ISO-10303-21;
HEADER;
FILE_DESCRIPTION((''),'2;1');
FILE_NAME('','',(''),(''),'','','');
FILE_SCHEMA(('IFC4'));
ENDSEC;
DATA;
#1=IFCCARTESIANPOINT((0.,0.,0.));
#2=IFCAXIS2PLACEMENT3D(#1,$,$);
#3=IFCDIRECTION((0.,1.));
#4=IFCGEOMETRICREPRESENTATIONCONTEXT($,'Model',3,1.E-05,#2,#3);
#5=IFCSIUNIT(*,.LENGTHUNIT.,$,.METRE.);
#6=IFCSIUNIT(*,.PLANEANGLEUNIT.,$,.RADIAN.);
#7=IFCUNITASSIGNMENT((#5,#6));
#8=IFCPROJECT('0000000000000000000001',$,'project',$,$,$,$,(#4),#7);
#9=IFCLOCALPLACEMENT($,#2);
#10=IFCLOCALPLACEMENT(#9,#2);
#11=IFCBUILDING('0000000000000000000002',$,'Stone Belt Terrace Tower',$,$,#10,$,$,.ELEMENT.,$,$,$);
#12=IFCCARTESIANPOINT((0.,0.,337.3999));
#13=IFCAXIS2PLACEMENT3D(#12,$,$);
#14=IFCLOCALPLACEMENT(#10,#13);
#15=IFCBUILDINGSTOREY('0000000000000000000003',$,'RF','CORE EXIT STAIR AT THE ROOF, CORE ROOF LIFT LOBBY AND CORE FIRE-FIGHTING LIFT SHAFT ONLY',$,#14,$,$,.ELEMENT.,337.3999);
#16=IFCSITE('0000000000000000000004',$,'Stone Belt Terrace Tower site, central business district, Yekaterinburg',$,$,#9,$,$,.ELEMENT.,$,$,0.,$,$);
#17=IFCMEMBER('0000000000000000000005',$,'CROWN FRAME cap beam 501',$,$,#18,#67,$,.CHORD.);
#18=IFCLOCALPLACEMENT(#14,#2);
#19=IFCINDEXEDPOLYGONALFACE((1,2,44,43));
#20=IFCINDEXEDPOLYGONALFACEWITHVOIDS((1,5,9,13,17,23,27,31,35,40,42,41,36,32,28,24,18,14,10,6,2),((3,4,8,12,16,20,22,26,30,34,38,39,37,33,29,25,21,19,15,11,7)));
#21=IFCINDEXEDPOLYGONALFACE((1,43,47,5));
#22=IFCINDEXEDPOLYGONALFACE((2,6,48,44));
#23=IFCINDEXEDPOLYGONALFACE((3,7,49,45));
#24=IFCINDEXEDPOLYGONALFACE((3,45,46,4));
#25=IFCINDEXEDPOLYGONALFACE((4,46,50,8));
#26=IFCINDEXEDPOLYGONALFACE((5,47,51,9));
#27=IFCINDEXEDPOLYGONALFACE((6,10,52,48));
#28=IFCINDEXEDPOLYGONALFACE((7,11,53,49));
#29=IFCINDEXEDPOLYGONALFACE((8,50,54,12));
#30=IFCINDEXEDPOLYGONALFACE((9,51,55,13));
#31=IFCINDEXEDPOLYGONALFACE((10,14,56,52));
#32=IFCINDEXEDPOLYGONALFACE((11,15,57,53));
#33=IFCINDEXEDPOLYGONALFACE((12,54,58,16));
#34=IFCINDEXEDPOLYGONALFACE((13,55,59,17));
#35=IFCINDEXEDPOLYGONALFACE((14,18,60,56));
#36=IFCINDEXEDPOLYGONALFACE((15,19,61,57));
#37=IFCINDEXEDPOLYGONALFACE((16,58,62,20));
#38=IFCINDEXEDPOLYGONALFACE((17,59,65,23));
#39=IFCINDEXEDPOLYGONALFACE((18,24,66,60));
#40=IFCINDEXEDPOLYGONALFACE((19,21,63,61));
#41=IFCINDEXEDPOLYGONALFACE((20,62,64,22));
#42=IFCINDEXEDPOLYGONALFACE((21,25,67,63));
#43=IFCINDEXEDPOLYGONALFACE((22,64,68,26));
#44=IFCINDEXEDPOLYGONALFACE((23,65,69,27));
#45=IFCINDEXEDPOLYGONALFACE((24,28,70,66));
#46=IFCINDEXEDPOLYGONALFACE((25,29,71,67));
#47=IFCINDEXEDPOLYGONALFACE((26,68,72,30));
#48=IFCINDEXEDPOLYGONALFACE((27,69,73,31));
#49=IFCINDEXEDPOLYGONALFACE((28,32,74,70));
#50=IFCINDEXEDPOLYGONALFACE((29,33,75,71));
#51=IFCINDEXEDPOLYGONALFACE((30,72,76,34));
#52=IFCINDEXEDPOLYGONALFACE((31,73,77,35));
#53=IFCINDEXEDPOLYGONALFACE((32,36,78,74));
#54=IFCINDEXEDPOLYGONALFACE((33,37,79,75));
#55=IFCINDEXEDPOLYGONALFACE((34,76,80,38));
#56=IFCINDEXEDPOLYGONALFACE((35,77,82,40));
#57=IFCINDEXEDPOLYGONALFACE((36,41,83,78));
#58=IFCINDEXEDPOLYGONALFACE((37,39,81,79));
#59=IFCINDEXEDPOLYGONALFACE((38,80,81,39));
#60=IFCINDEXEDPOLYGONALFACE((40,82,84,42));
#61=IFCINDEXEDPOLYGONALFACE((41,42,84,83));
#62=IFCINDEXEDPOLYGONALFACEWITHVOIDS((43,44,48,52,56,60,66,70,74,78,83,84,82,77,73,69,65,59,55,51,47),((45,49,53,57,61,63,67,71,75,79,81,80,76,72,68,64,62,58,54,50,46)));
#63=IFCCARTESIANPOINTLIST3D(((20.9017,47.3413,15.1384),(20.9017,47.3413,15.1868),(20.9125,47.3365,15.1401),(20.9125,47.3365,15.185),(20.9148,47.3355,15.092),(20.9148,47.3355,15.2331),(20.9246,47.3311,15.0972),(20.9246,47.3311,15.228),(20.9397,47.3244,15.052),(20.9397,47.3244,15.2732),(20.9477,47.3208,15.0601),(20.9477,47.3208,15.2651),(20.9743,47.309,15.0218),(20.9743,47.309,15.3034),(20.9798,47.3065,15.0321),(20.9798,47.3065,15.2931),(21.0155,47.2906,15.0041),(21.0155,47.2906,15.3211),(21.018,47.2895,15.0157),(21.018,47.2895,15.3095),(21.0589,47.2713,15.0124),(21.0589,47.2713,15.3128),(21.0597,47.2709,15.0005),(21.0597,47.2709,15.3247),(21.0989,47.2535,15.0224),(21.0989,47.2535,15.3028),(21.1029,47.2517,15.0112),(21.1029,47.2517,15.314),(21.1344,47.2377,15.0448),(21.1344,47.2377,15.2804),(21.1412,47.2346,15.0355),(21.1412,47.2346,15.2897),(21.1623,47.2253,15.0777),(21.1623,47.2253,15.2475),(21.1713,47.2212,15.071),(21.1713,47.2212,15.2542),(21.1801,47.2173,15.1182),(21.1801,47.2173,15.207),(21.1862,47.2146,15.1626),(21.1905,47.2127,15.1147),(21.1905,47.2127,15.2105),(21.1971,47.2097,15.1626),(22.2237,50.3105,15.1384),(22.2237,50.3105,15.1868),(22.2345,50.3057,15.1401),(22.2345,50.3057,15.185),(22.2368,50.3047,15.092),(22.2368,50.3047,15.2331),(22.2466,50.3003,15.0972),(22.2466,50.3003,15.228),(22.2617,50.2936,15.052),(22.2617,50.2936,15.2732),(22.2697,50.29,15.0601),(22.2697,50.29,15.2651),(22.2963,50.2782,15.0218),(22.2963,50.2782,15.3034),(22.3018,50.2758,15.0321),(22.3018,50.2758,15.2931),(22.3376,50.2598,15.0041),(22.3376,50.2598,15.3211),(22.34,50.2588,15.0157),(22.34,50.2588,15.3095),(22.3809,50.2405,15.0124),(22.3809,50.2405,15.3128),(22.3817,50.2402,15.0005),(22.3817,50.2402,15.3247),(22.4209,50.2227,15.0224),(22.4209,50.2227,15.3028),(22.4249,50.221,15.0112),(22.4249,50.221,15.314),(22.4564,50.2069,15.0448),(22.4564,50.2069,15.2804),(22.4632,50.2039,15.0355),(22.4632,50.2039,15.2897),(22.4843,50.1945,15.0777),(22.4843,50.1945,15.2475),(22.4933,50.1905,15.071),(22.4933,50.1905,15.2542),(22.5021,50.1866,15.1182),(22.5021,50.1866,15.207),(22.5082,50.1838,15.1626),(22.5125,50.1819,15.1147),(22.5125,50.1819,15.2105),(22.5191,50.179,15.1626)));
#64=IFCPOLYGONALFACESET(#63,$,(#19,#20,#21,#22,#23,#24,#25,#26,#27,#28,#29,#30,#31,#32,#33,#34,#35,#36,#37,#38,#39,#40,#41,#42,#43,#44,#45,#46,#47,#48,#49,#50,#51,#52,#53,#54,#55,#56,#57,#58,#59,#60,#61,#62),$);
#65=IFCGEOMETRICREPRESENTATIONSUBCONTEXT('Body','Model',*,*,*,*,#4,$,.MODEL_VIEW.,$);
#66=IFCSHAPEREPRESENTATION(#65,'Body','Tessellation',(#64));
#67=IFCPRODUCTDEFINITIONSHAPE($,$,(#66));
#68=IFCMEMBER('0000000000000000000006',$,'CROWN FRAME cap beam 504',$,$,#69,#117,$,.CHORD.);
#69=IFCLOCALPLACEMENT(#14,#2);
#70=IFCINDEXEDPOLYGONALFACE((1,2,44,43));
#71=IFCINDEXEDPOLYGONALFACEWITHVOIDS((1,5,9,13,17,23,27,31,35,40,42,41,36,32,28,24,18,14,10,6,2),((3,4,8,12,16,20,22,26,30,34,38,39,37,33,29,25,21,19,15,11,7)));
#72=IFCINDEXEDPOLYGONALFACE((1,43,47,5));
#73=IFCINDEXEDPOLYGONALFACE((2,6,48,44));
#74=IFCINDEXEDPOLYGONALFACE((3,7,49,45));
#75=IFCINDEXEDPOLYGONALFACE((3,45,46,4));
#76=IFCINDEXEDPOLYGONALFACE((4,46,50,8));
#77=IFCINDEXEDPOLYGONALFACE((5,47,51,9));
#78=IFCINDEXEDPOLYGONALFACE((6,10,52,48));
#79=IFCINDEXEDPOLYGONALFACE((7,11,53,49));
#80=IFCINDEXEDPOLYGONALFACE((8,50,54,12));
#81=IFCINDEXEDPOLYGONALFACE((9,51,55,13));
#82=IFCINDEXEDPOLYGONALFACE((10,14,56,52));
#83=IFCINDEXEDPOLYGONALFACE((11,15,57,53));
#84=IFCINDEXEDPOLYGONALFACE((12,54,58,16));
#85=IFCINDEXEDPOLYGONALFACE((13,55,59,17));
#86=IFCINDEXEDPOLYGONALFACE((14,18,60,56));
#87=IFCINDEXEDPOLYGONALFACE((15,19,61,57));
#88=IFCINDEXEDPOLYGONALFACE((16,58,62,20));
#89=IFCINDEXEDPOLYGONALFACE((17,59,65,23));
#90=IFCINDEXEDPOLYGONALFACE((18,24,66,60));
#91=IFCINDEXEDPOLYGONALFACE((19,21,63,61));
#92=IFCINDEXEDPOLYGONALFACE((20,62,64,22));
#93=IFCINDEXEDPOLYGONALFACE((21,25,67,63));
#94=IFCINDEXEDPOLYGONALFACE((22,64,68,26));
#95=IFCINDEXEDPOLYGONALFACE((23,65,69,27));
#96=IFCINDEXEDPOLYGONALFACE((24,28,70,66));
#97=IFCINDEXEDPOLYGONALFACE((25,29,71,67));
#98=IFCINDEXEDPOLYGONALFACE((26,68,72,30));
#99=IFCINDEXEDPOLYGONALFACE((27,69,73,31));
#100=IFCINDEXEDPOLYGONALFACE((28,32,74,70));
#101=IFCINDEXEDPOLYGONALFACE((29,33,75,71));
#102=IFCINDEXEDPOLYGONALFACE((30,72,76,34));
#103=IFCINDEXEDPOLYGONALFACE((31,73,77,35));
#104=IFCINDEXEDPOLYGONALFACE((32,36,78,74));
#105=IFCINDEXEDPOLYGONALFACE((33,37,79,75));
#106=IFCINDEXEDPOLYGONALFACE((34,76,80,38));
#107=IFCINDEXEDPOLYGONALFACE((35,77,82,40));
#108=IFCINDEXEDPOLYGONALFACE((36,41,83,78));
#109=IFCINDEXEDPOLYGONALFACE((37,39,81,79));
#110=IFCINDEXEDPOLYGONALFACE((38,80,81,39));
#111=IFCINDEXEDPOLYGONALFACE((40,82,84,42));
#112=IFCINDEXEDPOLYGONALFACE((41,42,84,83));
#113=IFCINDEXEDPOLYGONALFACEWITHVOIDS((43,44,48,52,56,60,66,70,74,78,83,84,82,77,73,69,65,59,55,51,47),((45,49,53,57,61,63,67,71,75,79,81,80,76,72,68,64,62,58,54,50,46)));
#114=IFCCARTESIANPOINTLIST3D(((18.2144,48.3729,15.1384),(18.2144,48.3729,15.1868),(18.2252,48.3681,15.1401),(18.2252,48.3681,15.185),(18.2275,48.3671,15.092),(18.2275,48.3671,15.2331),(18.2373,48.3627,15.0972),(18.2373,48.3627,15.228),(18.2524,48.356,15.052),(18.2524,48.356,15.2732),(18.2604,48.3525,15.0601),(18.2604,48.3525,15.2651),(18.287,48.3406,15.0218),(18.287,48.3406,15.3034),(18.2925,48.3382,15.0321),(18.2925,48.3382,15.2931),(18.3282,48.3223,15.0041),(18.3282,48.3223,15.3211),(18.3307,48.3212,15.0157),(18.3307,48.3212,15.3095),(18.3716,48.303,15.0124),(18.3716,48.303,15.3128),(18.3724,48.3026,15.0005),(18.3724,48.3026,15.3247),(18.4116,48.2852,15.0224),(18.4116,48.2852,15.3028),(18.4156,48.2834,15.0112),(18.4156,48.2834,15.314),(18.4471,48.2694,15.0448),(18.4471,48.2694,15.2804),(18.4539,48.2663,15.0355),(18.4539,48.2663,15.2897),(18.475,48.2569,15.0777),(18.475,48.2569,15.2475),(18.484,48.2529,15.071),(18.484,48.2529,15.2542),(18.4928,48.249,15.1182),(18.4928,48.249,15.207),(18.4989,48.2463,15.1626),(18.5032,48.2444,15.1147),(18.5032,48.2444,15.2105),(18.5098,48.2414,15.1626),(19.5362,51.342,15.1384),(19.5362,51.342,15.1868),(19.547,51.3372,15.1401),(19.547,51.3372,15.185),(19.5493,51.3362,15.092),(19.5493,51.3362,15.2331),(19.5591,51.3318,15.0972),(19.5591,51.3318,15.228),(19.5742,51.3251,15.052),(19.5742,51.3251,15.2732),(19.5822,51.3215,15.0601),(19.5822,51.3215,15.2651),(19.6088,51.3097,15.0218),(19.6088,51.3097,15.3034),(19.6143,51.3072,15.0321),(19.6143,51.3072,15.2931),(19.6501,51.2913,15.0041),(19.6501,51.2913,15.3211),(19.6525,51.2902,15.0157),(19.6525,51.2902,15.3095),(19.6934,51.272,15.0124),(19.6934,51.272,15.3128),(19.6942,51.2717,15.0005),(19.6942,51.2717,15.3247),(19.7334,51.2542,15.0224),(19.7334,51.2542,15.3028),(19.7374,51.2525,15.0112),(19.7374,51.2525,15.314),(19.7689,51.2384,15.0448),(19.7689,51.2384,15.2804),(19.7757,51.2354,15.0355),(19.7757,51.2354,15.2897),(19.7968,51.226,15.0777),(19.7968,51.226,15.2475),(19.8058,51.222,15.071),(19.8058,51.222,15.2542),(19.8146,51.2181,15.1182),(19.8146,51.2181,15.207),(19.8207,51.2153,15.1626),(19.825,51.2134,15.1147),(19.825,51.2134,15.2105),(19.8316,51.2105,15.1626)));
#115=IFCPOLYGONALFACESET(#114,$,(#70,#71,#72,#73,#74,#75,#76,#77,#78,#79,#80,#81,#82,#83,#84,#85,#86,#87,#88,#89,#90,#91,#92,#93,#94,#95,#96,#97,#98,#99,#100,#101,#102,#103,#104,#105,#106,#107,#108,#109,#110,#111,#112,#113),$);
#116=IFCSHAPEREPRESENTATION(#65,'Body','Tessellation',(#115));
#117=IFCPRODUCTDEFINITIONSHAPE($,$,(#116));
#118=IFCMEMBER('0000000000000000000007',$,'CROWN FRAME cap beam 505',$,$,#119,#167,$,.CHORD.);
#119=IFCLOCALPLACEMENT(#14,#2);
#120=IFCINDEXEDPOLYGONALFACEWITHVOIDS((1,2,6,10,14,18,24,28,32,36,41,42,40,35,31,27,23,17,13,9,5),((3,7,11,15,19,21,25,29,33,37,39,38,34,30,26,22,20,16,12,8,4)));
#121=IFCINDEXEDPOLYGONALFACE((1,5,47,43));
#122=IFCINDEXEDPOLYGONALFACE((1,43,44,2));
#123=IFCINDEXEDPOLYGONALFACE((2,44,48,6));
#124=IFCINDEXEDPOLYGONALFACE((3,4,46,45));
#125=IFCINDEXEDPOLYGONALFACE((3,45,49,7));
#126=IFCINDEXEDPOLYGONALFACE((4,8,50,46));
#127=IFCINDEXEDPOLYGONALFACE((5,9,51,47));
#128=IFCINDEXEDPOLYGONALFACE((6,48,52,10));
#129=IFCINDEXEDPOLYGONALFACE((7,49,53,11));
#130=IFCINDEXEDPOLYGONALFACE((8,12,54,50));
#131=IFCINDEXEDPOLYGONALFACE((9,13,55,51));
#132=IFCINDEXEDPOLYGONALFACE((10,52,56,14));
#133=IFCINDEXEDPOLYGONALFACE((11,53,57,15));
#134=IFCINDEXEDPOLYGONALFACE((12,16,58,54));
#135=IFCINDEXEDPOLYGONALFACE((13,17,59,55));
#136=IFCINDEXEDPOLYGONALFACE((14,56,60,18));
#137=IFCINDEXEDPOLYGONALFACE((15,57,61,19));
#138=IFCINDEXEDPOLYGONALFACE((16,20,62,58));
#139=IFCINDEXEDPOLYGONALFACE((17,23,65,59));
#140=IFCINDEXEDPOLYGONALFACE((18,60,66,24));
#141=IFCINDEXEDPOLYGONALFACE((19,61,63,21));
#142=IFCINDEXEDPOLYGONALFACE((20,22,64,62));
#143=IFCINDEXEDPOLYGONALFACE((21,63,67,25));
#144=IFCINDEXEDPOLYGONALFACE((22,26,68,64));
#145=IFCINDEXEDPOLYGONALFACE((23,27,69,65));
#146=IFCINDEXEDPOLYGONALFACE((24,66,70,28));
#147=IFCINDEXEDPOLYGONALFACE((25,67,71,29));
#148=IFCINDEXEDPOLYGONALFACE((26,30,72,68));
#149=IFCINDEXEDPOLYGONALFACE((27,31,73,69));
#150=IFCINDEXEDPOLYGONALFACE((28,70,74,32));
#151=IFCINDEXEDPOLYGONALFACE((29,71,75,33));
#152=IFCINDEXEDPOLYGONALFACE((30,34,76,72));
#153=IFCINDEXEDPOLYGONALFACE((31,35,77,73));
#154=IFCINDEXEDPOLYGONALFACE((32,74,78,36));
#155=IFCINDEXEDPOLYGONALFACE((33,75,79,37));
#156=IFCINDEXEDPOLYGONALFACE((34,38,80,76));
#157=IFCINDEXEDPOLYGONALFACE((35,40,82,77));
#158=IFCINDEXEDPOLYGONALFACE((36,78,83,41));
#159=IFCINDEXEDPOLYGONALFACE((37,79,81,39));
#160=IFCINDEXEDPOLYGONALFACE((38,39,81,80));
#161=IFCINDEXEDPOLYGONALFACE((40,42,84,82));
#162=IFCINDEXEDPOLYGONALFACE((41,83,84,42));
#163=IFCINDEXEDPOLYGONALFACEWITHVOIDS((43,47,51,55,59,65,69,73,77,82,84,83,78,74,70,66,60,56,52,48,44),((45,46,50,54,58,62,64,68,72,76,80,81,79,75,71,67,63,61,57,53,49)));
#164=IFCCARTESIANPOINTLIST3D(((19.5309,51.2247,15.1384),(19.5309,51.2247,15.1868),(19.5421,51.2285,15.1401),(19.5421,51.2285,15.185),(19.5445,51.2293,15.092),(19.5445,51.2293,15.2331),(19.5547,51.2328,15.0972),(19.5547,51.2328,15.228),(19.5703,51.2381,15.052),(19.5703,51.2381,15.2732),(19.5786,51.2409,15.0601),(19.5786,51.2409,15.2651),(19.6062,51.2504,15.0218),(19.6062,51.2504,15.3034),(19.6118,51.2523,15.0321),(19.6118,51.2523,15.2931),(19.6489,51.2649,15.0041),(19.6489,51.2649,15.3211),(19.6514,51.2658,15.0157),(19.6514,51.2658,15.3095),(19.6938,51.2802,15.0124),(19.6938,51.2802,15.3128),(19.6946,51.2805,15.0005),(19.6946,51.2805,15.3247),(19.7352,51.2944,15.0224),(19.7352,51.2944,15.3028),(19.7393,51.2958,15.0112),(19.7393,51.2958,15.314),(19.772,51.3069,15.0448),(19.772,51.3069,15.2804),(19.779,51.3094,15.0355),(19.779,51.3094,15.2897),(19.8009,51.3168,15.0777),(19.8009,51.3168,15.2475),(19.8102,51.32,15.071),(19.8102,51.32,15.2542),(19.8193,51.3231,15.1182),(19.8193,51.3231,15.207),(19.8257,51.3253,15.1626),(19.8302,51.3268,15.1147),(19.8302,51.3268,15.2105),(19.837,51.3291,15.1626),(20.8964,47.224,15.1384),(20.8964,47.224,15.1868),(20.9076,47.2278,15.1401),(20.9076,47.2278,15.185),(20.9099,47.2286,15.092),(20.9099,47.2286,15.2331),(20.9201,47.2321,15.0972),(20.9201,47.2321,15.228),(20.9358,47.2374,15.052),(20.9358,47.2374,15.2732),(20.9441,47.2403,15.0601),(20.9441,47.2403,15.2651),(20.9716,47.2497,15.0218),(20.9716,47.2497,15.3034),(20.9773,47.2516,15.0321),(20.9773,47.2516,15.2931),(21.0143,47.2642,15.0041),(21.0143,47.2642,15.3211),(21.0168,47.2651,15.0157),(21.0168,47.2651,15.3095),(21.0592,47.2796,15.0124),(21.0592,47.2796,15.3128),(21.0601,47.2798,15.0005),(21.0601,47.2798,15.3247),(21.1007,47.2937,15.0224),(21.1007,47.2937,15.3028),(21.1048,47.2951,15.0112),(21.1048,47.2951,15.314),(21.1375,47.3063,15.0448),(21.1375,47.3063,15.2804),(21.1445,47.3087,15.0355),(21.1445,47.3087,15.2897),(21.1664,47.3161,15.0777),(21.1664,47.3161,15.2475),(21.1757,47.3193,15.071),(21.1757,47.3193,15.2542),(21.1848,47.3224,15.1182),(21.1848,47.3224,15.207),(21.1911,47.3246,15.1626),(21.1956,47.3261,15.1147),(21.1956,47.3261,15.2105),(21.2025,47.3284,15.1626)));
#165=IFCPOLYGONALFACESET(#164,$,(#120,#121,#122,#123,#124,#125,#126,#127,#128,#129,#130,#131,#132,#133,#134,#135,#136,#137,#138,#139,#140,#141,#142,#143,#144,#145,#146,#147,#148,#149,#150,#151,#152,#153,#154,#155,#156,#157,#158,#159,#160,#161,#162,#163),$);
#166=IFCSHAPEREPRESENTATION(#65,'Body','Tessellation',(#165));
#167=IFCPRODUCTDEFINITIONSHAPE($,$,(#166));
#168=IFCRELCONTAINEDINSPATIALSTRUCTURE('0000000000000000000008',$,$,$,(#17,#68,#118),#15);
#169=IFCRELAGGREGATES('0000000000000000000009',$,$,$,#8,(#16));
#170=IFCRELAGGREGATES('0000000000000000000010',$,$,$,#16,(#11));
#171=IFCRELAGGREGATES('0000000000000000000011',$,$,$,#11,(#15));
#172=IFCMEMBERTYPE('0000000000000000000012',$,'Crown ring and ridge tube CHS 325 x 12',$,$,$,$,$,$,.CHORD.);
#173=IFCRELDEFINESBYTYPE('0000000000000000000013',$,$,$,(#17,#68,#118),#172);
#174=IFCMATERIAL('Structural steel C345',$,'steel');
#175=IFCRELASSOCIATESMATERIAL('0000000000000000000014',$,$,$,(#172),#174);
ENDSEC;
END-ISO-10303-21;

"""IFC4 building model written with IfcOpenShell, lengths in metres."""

from ifc_helpers import new_model, si_unit, direction, frame, origin, origin_2d, place, context, subcontext, project, spatial, hollow_circle, extrude, material, material_profile, profile_set, type_object, element, save


model = new_model("IFC4")

# Units and contexts
model_context = context("Model", 3, precision=1e-05, world=origin(), true_north=direction((0.0, 1.0)))
body_context = subcontext(model_context, "Body", "Model", "MODEL_VIEW")
ifc_project = project(units=[si_unit("LENGTHUNIT", "METRE"), si_unit("PLANEANGLEUNIT", "RADIAN")], contexts=[model_context])

# Site, building, storey
site_placement = place(None, origin())
site = spatial("IfcSite", under=ifc_project, at=site_placement, Name="Stone Belt Terrace Tower site, central business district, Yekaterinburg", CompositionType="ELEMENT", RefElevation=0.0)
building_placement = place(site_placement, origin())
building = spatial("IfcBuilding", under=site, at=building_placement, Name="Stone Belt Terrace Tower", CompositionType="ELEMENT")
storey_placement = place(building_placement, frame((0.0, 0.0, 337.3999)))
storey = spatial("IfcBuildingStorey", under=building, at=storey_placement, Name="RF", Description="CORE EXIT STAIR AT THE ROOF, CORE ROOF LIFT LOBBY AND CORE FIRE-FIGHTING LIFT SHAFT ONLY", CompositionType="ELEMENT", Elevation=337.3999)

# Members
ifc_material_1 = material(Name="Structural steel C345", Category="steel")
ifc_material_profile_1 = material_profile(ifc_material_1, hollow_circle(Radius=0.1626, WallThickness=0.012, at=origin_2d()), Name="Structural steel C345 CHS 325x12")
ifc_profile_set_1 = profile_set([ifc_material_profile_1], Name="Structural steel C345")
member_type_1 = type_object("IfcMemberType", Name="Crown ring and ridge tube CHS 325 x 12", PredefinedType="CHORD", material=ifc_profile_set_1)
member_1_placement = place(storey_placement, frame((22.3706, 50.2451, 15.1626), z_axis=(-0.406745, -0.913542, 0.0), x_axis=(0.913542, -0.406745, 0.0)))
element("IfcMember", 1, at=member_1_placement, inside=storey, type_object=member_type_1, Name="CROWN FRAME cap beam 501", PredefinedType="CHORD", context=body_context, shape_type="SweptSolid", body=[
    extrude(hollow_circle(Radius=0.1626, WallThickness=0.012, at=origin_2d()), origin(), (0.0, 0.0, 1.0), 3.2502),
])
member_2_placement = place(storey_placement, frame((19.6831, 51.2766, 15.1626), z_axis=(-0.40671, -0.913557, 0.0), x_axis=(0.913557, -0.40671, 0.0)))
element("IfcMember", 2, at=member_2_placement, inside=storey, type_object=member_type_1, Name="CROWN FRAME cap beam 504", PredefinedType="CHORD", context=body_context, shape_type="SweptSolid", body=[
    extrude(hollow_circle(Radius=0.1626, WallThickness=0.012, at=origin_2d()), origin(), (0.0, 0.0, 1.0), 3.25),
])
member_3_placement = place(storey_placement, frame((19.6831, 51.2766, 15.1626), z_axis=(0.323011, -0.946395, 0.0), x_axis=(0.946395, 0.323011, 0.0)))
element("IfcMember", 3, at=member_3_placement, inside=storey, type_object=member_type_1, Name="CROWN FRAME cap beam 505", PredefinedType="CHORD", context=body_context, shape_type="SweptSolid", body=[
    extrude(hollow_circle(Radius=0.1626, WallThickness=0.012, at=origin_2d()), origin(), (0.0, 0.0, 1.0), 4.2273),
])

save(model, "model.ifc")
